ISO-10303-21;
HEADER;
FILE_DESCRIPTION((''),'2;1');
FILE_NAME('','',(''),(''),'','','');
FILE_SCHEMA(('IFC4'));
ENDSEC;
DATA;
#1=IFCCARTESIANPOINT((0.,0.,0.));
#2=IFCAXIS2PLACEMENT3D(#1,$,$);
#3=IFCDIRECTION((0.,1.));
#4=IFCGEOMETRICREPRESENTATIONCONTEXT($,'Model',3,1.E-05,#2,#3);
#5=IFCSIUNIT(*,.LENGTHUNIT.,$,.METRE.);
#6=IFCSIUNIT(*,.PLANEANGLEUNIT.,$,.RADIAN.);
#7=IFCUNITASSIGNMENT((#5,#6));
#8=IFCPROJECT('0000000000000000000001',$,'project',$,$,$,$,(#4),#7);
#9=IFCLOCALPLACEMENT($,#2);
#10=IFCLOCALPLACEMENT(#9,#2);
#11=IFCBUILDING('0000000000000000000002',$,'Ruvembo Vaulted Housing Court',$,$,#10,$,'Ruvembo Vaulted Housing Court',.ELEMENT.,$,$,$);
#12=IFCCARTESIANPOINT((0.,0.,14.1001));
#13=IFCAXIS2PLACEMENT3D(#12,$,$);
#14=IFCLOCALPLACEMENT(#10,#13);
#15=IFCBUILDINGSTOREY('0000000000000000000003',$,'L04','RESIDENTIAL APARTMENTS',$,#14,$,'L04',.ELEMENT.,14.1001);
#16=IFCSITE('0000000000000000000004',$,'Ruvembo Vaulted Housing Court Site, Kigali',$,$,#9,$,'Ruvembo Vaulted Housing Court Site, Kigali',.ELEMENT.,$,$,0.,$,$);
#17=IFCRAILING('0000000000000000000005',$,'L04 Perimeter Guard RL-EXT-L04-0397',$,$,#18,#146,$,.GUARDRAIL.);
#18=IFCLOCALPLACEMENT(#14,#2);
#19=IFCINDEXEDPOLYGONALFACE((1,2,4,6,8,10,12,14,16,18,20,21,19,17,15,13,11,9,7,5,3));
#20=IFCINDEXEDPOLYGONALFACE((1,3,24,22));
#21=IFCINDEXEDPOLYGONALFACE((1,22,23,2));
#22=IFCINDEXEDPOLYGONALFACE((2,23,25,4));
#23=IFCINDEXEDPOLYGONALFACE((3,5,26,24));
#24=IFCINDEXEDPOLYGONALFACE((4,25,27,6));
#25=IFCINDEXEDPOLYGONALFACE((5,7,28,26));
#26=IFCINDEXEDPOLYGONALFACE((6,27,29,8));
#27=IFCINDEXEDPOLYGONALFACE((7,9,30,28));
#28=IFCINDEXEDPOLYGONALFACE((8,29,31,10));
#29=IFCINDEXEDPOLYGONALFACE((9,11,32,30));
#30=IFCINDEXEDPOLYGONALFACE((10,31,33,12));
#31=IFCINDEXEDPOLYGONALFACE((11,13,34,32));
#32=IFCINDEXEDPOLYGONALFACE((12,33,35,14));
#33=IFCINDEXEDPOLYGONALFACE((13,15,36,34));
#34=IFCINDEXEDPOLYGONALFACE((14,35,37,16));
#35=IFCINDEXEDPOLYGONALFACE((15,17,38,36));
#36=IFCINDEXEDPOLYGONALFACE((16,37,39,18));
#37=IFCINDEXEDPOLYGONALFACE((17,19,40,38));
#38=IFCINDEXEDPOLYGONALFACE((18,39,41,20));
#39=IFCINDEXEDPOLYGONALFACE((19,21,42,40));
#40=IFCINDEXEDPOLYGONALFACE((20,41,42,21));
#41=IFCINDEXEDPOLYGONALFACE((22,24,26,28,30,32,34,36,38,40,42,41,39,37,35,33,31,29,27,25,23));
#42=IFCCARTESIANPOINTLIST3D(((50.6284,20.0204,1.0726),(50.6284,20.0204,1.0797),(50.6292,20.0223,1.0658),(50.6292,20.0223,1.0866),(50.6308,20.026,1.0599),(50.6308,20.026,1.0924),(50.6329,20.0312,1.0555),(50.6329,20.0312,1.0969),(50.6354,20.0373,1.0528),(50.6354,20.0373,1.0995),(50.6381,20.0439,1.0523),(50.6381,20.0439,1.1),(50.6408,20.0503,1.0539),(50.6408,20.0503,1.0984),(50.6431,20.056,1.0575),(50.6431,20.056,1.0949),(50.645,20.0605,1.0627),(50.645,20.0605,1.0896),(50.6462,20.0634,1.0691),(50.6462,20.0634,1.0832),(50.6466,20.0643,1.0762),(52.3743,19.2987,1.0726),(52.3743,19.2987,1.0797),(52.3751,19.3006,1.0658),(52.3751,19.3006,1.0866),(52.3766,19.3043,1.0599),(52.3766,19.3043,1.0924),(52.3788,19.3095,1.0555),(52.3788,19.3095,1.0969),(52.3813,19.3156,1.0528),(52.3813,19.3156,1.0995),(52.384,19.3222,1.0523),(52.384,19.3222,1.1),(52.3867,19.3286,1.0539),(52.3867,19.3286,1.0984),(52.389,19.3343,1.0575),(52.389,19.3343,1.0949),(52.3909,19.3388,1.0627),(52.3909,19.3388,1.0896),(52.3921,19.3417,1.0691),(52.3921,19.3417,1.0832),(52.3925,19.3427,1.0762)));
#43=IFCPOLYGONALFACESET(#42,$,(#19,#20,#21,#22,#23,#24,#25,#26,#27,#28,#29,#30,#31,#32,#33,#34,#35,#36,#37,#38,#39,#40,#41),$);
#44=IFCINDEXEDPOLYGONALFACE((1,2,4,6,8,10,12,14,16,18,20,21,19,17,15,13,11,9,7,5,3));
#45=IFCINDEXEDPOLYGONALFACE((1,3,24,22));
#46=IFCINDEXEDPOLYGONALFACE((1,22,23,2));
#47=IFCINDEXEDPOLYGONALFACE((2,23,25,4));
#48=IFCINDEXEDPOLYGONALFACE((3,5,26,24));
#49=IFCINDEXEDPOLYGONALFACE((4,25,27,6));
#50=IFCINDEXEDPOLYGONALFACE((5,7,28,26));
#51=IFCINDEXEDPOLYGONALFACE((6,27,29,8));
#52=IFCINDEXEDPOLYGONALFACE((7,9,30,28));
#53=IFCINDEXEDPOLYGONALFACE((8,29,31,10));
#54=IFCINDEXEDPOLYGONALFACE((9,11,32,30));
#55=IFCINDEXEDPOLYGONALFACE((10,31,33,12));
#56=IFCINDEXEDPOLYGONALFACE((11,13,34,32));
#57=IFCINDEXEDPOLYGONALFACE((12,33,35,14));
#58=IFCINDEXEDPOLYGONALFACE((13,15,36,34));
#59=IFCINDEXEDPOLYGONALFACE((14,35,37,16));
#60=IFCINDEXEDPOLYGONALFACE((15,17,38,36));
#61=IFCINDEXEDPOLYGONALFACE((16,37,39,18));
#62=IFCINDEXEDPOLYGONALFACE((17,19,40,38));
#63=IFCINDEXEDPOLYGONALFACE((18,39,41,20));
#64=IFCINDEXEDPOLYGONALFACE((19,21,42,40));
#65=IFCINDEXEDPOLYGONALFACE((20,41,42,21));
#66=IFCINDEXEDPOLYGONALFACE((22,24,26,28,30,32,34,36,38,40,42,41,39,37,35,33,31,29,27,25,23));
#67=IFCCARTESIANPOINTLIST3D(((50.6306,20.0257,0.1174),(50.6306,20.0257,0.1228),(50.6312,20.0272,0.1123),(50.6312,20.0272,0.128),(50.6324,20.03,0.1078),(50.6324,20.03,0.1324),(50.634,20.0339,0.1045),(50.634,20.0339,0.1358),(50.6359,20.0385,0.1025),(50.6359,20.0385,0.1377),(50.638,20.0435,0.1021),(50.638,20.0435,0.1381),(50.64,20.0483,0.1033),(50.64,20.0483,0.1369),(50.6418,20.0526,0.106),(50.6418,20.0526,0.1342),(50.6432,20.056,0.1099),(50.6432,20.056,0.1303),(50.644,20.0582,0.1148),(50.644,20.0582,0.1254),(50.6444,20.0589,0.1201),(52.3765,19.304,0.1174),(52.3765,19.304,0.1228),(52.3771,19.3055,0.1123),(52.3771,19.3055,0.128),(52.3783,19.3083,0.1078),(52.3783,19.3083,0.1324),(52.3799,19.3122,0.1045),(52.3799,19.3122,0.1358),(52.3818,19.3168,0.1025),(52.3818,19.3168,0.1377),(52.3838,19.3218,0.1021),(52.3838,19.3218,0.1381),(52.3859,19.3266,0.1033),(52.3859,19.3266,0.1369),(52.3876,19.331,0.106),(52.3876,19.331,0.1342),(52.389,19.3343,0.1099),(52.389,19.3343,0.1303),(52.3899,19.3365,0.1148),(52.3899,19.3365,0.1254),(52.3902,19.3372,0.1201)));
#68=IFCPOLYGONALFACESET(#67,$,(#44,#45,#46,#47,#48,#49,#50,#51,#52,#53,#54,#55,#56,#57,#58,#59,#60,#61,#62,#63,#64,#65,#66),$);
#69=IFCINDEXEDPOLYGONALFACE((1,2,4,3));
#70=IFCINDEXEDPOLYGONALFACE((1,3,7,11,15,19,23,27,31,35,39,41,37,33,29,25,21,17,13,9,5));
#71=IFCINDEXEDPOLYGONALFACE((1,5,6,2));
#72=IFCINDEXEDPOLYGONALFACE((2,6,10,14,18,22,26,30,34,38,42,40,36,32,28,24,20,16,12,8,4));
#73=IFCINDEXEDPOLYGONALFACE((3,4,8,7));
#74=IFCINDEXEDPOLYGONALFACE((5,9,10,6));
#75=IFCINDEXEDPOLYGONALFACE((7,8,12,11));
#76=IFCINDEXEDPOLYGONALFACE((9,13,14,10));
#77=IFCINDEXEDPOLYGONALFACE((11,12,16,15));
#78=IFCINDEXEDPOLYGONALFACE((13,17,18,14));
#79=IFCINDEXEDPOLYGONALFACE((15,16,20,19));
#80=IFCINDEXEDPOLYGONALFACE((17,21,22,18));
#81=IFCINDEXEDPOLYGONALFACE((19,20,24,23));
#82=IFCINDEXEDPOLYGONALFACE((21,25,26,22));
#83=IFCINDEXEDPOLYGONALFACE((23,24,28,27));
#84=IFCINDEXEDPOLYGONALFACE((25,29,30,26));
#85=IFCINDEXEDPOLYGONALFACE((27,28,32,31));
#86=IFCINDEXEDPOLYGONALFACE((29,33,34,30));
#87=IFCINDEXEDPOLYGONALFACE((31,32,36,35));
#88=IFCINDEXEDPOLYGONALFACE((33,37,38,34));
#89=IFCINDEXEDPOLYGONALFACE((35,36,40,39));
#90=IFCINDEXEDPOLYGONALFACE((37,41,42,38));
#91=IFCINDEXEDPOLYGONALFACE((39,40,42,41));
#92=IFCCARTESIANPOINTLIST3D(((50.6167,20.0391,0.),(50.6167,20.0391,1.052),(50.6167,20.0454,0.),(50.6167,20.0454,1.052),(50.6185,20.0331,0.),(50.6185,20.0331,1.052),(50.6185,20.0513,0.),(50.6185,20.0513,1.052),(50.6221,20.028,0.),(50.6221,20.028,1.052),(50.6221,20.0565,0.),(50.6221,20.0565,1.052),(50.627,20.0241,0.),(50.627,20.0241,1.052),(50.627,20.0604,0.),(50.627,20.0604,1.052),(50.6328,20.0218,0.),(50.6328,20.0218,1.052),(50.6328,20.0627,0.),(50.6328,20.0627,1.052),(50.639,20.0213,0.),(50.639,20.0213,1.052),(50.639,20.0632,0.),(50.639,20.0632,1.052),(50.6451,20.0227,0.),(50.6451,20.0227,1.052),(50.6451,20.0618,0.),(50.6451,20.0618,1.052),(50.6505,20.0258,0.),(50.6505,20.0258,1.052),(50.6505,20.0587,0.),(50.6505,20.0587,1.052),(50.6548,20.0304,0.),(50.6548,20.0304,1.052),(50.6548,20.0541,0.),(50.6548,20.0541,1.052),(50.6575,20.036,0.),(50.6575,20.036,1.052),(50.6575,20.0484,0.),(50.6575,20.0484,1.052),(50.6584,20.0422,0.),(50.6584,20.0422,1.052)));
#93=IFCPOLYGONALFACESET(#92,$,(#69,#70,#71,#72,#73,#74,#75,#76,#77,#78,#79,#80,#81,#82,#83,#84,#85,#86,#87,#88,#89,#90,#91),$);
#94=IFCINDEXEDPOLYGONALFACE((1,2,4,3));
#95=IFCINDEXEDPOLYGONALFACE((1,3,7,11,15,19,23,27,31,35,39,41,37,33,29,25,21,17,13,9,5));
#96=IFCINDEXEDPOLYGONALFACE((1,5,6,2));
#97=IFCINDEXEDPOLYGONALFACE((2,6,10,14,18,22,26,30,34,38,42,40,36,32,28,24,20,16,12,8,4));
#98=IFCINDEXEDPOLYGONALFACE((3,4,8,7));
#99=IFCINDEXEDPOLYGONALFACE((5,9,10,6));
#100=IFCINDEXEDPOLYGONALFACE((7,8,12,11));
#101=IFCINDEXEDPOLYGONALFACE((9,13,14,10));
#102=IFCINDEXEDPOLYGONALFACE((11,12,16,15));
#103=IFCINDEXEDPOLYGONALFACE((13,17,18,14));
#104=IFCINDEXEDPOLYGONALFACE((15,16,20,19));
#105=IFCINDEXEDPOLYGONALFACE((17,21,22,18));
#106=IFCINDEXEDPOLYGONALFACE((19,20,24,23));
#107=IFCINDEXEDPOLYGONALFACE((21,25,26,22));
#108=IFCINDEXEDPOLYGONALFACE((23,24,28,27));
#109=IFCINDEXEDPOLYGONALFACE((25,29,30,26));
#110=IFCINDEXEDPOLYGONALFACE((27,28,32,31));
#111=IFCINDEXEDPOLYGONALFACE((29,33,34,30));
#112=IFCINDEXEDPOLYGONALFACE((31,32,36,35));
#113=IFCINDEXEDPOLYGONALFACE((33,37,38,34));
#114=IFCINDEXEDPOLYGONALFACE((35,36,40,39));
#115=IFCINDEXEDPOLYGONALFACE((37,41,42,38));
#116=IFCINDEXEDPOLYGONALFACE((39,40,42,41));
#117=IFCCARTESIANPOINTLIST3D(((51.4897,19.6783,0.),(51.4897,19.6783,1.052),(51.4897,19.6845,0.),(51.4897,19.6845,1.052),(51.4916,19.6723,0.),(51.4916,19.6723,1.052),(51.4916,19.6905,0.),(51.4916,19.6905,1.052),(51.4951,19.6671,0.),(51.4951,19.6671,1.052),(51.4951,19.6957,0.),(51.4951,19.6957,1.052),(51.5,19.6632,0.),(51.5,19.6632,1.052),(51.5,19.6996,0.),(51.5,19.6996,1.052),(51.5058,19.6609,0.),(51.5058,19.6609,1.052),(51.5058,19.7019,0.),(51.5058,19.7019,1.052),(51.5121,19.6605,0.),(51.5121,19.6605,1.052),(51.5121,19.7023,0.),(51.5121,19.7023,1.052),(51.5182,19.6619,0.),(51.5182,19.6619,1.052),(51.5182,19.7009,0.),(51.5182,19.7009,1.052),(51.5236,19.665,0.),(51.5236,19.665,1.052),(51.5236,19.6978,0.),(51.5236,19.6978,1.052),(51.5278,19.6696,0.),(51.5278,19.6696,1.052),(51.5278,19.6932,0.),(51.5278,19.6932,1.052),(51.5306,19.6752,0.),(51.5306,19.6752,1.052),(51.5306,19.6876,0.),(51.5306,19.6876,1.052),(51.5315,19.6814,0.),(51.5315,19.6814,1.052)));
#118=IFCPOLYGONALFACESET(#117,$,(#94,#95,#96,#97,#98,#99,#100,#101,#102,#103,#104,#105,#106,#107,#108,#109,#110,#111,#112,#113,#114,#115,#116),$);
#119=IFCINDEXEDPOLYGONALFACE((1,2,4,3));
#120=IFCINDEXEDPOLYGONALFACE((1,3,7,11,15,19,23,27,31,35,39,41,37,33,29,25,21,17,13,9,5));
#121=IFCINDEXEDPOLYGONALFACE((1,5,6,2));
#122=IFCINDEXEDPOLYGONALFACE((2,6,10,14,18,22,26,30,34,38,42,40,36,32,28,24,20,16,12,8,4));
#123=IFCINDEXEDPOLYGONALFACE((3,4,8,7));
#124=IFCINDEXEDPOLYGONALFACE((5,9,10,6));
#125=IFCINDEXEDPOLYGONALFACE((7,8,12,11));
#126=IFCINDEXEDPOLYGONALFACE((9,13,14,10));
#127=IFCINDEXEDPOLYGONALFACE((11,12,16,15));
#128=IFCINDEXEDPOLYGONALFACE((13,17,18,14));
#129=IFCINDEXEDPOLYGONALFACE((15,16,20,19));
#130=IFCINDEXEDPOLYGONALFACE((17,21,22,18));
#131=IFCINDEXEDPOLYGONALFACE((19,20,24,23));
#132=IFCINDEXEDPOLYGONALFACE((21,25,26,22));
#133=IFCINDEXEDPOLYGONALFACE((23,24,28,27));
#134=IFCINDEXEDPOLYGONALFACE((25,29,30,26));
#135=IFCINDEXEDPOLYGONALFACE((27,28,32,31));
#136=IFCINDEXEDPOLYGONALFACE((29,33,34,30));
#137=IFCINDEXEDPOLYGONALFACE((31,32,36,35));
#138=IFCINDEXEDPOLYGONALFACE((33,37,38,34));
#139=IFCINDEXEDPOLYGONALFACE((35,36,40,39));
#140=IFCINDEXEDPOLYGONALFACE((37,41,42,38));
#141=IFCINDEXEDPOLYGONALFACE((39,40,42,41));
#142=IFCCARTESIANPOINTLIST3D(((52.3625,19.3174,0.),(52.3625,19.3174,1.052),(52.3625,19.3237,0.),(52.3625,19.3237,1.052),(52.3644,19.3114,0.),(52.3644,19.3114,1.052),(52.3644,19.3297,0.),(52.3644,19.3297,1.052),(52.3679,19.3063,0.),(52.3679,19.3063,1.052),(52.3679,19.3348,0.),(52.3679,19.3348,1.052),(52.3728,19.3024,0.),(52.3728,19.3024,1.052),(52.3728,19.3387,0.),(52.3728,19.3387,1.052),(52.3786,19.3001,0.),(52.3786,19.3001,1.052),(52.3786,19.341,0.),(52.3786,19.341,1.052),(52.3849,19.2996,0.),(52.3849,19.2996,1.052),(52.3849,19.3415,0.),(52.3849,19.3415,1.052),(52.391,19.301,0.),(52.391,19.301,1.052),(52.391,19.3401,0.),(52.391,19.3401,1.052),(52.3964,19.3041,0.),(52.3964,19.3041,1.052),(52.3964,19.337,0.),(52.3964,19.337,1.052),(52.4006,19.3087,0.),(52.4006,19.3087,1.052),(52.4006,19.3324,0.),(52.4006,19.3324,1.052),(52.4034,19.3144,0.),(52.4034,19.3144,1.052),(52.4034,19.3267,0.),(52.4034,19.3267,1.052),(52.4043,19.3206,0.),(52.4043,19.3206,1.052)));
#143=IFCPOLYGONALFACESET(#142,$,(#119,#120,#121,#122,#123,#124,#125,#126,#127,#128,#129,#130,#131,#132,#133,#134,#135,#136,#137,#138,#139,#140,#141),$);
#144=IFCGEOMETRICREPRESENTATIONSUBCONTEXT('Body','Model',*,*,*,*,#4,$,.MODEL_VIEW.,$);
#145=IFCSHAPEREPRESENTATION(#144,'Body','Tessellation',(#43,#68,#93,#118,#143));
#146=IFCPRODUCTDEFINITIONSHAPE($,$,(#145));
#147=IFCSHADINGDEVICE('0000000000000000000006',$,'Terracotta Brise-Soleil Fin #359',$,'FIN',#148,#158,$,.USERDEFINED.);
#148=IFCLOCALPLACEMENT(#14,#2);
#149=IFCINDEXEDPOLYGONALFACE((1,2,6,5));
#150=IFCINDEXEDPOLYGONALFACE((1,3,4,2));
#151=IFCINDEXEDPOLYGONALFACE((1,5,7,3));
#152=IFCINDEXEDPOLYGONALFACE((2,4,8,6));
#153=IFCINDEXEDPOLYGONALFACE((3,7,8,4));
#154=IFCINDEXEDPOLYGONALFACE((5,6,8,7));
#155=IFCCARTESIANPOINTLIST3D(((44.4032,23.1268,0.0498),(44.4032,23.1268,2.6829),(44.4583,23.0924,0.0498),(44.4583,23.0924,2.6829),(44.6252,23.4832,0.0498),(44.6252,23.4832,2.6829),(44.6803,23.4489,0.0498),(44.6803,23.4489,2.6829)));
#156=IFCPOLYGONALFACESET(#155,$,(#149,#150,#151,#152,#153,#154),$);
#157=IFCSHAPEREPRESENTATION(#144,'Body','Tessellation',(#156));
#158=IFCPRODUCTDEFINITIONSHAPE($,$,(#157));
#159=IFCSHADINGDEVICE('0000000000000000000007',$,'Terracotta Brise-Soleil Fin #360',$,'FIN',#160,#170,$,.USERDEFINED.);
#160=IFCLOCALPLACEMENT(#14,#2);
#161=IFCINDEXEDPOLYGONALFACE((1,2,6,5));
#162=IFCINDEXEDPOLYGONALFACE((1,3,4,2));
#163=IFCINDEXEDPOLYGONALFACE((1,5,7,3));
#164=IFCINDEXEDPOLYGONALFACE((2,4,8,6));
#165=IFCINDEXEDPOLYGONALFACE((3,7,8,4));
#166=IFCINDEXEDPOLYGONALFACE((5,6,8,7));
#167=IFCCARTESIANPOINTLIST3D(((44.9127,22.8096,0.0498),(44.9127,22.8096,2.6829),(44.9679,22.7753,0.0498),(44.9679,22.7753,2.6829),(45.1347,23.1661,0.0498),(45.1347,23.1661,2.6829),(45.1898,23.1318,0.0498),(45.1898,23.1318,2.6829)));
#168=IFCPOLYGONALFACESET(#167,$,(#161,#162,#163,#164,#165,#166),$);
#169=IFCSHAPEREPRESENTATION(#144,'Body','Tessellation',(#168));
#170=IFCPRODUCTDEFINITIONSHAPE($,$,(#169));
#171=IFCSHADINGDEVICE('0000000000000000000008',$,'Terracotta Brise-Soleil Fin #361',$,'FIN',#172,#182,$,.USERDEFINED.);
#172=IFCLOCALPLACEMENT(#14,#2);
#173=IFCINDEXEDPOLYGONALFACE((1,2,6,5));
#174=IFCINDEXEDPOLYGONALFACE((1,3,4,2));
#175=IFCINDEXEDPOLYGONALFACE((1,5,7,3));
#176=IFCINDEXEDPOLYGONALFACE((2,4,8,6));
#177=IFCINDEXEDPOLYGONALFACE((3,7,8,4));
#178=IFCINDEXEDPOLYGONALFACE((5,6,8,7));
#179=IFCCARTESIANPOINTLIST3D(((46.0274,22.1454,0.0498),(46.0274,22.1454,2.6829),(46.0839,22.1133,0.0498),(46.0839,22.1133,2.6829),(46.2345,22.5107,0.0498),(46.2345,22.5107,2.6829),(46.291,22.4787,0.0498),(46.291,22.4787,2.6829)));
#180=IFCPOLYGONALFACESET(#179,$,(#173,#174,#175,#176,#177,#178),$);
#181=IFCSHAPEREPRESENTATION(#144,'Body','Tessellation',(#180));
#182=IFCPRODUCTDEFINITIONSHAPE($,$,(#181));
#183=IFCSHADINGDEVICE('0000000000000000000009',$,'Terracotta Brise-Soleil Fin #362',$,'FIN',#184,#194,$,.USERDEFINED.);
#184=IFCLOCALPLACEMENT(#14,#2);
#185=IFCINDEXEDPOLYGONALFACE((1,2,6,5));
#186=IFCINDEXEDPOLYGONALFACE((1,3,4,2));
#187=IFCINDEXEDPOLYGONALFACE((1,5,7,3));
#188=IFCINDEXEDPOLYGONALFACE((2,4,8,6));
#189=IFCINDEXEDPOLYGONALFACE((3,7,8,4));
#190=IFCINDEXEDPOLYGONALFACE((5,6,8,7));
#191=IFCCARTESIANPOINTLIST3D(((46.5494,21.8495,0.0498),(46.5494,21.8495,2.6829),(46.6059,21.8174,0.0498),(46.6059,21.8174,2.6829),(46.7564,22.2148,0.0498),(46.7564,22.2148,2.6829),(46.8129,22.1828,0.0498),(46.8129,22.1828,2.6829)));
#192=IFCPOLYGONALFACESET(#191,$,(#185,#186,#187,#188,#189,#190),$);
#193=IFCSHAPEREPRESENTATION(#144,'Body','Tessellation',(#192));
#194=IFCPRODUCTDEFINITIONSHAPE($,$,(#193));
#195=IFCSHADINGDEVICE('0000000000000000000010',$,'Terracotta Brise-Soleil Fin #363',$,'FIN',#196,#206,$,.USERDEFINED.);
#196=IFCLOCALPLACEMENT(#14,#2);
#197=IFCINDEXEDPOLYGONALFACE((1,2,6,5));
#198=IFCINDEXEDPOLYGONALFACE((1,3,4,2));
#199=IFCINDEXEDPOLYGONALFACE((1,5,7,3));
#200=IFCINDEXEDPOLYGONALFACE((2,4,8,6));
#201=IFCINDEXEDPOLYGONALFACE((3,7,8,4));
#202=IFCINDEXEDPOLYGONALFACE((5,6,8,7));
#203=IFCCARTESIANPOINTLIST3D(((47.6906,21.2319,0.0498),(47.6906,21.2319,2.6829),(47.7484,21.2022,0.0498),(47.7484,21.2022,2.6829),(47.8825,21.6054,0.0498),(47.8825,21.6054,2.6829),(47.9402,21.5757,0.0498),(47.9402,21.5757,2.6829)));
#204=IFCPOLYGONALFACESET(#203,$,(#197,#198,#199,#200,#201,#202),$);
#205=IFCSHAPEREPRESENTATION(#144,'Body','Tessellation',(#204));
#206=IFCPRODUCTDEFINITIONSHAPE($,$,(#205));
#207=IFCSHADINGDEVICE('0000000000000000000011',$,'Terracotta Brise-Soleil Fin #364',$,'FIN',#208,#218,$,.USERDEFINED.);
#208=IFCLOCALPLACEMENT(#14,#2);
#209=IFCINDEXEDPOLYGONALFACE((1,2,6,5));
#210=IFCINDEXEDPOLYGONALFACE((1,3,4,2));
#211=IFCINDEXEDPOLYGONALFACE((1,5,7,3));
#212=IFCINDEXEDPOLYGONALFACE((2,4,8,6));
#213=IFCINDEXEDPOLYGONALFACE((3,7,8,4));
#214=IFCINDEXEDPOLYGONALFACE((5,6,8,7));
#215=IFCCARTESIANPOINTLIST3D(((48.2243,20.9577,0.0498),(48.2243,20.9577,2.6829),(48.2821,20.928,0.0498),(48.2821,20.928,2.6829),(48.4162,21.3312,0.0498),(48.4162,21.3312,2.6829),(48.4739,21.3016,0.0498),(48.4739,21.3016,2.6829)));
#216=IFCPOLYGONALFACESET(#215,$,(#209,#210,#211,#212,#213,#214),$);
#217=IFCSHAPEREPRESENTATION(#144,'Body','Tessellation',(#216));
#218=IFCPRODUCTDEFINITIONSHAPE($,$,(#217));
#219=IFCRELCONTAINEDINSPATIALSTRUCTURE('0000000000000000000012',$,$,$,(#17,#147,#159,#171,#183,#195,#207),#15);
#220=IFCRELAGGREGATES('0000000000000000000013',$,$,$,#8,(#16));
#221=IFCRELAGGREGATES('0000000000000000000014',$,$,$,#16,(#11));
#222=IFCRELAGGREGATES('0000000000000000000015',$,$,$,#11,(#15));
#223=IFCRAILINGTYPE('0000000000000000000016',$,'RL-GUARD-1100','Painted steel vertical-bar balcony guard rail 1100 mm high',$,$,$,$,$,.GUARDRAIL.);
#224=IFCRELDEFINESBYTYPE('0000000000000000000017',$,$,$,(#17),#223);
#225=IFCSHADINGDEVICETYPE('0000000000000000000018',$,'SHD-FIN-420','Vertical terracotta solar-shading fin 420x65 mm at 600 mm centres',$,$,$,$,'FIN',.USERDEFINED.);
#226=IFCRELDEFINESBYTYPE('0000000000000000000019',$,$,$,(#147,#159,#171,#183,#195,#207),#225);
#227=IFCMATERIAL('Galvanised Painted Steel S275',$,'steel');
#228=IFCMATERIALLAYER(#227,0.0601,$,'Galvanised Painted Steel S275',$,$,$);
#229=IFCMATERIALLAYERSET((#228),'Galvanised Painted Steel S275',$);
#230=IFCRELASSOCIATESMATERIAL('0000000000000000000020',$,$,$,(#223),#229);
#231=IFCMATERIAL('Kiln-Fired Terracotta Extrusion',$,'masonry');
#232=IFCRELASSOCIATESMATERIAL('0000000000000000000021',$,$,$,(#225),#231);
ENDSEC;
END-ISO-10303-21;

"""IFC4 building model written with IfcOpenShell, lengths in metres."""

from ifc_helpers import new_model, si_unit, direction, frame, origin, origin_2d, place, context, subcontext, project, spatial, rectangle, circle, extrude, material, layer, layer_set, type_object, element, save


model = new_model("IFC4")

# Units and contexts
model_context = context("Model", 3, precision=1e-05, world=origin(), true_north=direction((0.0, 1.0)))
body_context = subcontext(model_context, "Body", "Model", "MODEL_VIEW")
ifc_project = project(units=[si_unit("LENGTHUNIT", "METRE"), si_unit("PLANEANGLEUNIT", "RADIAN")], contexts=[model_context])

# Site, building, storey
site_placement = place(None, origin())
site = spatial("IfcSite", under=ifc_project, at=site_placement, Name="Ruvembo Vaulted Housing Court Site, Kigali", LongName="Ruvembo Vaulted Housing Court Site, Kigali", CompositionType="ELEMENT", RefElevation=0.0)
building_placement = place(site_placement, origin())
building = spatial("IfcBuilding", under=site, at=building_placement, Name="Ruvembo Vaulted Housing Court", LongName="Ruvembo Vaulted Housing Court", CompositionType="ELEMENT")
storey_placement = place(building_placement, frame((0.0, 0.0, 14.1001)))
storey = spatial("IfcBuildingStorey", under=building, at=storey_placement, Name="L04", Description="RESIDENTIAL APARTMENTS", LongName="L04", CompositionType="ELEMENT", Elevation=14.1001)

# Railing
ifc_material_1 = material(Name="Galvanised Painted Steel S275", Category="steel")
ifc_layer_1 = layer(ifc_material_1, 0.0601, Name="Galvanised Painted Steel S275")
ifc_layer_set_1 = layer_set([ifc_layer_1], Name="Galvanised Painted Steel S275")
railing_type_1 = type_object("IfcRailingType", Name="RL-GUARD-1100", Description="Painted steel vertical-bar balcony guard rail 1100 mm high", PredefinedType="GUARDRAIL", material=ifc_layer_set_1)
railing_1_placement = place(storey_placement, frame((50.6375, 20.0422, 0.0)))
element("IfcRailing", 1, at=railing_1_placement, inside=storey, type_object=railing_type_1, Name="L04 Perimeter Guard RL-EXT-L04-0397", PredefinedType="GUARDRAIL", context=body_context, shape_type="SweptSolid", body=[
    extrude(circle(Radius=0.0239, at=origin_2d()), frame((0.0, 0.0, 1.0762), z_axis=(0.924155, -0.382017, 0.0), x_axis=(0.382017, 0.924155, 0.0)), (0.0, 0.0, 1.0), 1.8892),
    extrude(circle(Radius=0.0181, at=origin_2d()), frame((0.0, 0.0, 0.1201), z_axis=(0.924155, -0.382017, 0.0), x_axis=(0.382017, 0.924155, 0.0)), (0.0, 0.0, 1.0), 1.8892),
    extrude(circle(Radius=0.021, at=origin_2d()), origin(), (0.0, 0.0, 1.0), 1.052),
    extrude(circle(Radius=0.021, at=origin_2d()), frame((0.873, -0.3608, 0.0)), (0.0, 0.0, 1.0), 1.052),
    extrude(circle(Radius=0.021, at=origin_2d()), frame((1.7458, -0.7217, 0.0)), (0.0, 0.0, 1.0), 1.052),
])

# Shading devices
ifc_material_2 = material(Name="Kiln-Fired Terracotta Extrusion", Category="masonry")
shading_device_type = type_object("IfcShadingDeviceType", Name="SHD-FIN-420", Description="Vertical terracotta solar-shading fin 420x65 mm at 600 mm centres", ElementType="FIN", PredefinedType="USERDEFINED", material=ifc_material_2)
for number, where, z_axis, x_axis, name in (
    (2, (44.5417, 23.2878, 0.0498), (0.0, 0.0, 1.0), (-0.528557, -0.848898, 0.0), "Terracotta Brise-Soleil Fin #359"),
    (3, (45.0513, 22.9707, 0.0498), (0.0, 0.0, 1.0), (-0.528557, -0.848898, 0.0), "Terracotta Brise-Soleil Fin #360"),
    (4, (46.1592, 22.312, 0.0498), (0.0, 0.0, 1.0), (-0.493107, -0.869969, 0.0), "Terracotta Brise-Soleil Fin #361"),
    (5, (46.6812, 22.0161, 0.0498), (0.0, 0.0, 1.0), (-0.493107, -0.869969, 0.0), "Terracotta Brise-Soleil Fin #362"),
    (6, (47.8154, 21.4038, 0.0498), (0.0, 0.0, 1.0), (-0.45685, -0.889544, 0.0), "Terracotta Brise-Soleil Fin #363"),
    (7, (48.3491, 21.1296, 0.0498), (0.0, 0.0, 1.0), (-0.45685, -0.889544, 0.0), "Terracotta Brise-Soleil Fin #364"),
):
    element("IfcShadingDevice", number, at=place(storey_placement, frame(where, z_axis=z_axis, x_axis=x_axis)), inside=storey, type_object=shading_device_type, Name=name, ObjectType="FIN", PredefinedType="USERDEFINED", context=body_context, shape_type="SweptSolid", body=[
        extrude(rectangle(XDim=0.4199, YDim=0.0649, at=origin_2d()), origin(), (0.0, 0.0, 1.0), 2.6331),
    ])

save(model, "model.ifc")
